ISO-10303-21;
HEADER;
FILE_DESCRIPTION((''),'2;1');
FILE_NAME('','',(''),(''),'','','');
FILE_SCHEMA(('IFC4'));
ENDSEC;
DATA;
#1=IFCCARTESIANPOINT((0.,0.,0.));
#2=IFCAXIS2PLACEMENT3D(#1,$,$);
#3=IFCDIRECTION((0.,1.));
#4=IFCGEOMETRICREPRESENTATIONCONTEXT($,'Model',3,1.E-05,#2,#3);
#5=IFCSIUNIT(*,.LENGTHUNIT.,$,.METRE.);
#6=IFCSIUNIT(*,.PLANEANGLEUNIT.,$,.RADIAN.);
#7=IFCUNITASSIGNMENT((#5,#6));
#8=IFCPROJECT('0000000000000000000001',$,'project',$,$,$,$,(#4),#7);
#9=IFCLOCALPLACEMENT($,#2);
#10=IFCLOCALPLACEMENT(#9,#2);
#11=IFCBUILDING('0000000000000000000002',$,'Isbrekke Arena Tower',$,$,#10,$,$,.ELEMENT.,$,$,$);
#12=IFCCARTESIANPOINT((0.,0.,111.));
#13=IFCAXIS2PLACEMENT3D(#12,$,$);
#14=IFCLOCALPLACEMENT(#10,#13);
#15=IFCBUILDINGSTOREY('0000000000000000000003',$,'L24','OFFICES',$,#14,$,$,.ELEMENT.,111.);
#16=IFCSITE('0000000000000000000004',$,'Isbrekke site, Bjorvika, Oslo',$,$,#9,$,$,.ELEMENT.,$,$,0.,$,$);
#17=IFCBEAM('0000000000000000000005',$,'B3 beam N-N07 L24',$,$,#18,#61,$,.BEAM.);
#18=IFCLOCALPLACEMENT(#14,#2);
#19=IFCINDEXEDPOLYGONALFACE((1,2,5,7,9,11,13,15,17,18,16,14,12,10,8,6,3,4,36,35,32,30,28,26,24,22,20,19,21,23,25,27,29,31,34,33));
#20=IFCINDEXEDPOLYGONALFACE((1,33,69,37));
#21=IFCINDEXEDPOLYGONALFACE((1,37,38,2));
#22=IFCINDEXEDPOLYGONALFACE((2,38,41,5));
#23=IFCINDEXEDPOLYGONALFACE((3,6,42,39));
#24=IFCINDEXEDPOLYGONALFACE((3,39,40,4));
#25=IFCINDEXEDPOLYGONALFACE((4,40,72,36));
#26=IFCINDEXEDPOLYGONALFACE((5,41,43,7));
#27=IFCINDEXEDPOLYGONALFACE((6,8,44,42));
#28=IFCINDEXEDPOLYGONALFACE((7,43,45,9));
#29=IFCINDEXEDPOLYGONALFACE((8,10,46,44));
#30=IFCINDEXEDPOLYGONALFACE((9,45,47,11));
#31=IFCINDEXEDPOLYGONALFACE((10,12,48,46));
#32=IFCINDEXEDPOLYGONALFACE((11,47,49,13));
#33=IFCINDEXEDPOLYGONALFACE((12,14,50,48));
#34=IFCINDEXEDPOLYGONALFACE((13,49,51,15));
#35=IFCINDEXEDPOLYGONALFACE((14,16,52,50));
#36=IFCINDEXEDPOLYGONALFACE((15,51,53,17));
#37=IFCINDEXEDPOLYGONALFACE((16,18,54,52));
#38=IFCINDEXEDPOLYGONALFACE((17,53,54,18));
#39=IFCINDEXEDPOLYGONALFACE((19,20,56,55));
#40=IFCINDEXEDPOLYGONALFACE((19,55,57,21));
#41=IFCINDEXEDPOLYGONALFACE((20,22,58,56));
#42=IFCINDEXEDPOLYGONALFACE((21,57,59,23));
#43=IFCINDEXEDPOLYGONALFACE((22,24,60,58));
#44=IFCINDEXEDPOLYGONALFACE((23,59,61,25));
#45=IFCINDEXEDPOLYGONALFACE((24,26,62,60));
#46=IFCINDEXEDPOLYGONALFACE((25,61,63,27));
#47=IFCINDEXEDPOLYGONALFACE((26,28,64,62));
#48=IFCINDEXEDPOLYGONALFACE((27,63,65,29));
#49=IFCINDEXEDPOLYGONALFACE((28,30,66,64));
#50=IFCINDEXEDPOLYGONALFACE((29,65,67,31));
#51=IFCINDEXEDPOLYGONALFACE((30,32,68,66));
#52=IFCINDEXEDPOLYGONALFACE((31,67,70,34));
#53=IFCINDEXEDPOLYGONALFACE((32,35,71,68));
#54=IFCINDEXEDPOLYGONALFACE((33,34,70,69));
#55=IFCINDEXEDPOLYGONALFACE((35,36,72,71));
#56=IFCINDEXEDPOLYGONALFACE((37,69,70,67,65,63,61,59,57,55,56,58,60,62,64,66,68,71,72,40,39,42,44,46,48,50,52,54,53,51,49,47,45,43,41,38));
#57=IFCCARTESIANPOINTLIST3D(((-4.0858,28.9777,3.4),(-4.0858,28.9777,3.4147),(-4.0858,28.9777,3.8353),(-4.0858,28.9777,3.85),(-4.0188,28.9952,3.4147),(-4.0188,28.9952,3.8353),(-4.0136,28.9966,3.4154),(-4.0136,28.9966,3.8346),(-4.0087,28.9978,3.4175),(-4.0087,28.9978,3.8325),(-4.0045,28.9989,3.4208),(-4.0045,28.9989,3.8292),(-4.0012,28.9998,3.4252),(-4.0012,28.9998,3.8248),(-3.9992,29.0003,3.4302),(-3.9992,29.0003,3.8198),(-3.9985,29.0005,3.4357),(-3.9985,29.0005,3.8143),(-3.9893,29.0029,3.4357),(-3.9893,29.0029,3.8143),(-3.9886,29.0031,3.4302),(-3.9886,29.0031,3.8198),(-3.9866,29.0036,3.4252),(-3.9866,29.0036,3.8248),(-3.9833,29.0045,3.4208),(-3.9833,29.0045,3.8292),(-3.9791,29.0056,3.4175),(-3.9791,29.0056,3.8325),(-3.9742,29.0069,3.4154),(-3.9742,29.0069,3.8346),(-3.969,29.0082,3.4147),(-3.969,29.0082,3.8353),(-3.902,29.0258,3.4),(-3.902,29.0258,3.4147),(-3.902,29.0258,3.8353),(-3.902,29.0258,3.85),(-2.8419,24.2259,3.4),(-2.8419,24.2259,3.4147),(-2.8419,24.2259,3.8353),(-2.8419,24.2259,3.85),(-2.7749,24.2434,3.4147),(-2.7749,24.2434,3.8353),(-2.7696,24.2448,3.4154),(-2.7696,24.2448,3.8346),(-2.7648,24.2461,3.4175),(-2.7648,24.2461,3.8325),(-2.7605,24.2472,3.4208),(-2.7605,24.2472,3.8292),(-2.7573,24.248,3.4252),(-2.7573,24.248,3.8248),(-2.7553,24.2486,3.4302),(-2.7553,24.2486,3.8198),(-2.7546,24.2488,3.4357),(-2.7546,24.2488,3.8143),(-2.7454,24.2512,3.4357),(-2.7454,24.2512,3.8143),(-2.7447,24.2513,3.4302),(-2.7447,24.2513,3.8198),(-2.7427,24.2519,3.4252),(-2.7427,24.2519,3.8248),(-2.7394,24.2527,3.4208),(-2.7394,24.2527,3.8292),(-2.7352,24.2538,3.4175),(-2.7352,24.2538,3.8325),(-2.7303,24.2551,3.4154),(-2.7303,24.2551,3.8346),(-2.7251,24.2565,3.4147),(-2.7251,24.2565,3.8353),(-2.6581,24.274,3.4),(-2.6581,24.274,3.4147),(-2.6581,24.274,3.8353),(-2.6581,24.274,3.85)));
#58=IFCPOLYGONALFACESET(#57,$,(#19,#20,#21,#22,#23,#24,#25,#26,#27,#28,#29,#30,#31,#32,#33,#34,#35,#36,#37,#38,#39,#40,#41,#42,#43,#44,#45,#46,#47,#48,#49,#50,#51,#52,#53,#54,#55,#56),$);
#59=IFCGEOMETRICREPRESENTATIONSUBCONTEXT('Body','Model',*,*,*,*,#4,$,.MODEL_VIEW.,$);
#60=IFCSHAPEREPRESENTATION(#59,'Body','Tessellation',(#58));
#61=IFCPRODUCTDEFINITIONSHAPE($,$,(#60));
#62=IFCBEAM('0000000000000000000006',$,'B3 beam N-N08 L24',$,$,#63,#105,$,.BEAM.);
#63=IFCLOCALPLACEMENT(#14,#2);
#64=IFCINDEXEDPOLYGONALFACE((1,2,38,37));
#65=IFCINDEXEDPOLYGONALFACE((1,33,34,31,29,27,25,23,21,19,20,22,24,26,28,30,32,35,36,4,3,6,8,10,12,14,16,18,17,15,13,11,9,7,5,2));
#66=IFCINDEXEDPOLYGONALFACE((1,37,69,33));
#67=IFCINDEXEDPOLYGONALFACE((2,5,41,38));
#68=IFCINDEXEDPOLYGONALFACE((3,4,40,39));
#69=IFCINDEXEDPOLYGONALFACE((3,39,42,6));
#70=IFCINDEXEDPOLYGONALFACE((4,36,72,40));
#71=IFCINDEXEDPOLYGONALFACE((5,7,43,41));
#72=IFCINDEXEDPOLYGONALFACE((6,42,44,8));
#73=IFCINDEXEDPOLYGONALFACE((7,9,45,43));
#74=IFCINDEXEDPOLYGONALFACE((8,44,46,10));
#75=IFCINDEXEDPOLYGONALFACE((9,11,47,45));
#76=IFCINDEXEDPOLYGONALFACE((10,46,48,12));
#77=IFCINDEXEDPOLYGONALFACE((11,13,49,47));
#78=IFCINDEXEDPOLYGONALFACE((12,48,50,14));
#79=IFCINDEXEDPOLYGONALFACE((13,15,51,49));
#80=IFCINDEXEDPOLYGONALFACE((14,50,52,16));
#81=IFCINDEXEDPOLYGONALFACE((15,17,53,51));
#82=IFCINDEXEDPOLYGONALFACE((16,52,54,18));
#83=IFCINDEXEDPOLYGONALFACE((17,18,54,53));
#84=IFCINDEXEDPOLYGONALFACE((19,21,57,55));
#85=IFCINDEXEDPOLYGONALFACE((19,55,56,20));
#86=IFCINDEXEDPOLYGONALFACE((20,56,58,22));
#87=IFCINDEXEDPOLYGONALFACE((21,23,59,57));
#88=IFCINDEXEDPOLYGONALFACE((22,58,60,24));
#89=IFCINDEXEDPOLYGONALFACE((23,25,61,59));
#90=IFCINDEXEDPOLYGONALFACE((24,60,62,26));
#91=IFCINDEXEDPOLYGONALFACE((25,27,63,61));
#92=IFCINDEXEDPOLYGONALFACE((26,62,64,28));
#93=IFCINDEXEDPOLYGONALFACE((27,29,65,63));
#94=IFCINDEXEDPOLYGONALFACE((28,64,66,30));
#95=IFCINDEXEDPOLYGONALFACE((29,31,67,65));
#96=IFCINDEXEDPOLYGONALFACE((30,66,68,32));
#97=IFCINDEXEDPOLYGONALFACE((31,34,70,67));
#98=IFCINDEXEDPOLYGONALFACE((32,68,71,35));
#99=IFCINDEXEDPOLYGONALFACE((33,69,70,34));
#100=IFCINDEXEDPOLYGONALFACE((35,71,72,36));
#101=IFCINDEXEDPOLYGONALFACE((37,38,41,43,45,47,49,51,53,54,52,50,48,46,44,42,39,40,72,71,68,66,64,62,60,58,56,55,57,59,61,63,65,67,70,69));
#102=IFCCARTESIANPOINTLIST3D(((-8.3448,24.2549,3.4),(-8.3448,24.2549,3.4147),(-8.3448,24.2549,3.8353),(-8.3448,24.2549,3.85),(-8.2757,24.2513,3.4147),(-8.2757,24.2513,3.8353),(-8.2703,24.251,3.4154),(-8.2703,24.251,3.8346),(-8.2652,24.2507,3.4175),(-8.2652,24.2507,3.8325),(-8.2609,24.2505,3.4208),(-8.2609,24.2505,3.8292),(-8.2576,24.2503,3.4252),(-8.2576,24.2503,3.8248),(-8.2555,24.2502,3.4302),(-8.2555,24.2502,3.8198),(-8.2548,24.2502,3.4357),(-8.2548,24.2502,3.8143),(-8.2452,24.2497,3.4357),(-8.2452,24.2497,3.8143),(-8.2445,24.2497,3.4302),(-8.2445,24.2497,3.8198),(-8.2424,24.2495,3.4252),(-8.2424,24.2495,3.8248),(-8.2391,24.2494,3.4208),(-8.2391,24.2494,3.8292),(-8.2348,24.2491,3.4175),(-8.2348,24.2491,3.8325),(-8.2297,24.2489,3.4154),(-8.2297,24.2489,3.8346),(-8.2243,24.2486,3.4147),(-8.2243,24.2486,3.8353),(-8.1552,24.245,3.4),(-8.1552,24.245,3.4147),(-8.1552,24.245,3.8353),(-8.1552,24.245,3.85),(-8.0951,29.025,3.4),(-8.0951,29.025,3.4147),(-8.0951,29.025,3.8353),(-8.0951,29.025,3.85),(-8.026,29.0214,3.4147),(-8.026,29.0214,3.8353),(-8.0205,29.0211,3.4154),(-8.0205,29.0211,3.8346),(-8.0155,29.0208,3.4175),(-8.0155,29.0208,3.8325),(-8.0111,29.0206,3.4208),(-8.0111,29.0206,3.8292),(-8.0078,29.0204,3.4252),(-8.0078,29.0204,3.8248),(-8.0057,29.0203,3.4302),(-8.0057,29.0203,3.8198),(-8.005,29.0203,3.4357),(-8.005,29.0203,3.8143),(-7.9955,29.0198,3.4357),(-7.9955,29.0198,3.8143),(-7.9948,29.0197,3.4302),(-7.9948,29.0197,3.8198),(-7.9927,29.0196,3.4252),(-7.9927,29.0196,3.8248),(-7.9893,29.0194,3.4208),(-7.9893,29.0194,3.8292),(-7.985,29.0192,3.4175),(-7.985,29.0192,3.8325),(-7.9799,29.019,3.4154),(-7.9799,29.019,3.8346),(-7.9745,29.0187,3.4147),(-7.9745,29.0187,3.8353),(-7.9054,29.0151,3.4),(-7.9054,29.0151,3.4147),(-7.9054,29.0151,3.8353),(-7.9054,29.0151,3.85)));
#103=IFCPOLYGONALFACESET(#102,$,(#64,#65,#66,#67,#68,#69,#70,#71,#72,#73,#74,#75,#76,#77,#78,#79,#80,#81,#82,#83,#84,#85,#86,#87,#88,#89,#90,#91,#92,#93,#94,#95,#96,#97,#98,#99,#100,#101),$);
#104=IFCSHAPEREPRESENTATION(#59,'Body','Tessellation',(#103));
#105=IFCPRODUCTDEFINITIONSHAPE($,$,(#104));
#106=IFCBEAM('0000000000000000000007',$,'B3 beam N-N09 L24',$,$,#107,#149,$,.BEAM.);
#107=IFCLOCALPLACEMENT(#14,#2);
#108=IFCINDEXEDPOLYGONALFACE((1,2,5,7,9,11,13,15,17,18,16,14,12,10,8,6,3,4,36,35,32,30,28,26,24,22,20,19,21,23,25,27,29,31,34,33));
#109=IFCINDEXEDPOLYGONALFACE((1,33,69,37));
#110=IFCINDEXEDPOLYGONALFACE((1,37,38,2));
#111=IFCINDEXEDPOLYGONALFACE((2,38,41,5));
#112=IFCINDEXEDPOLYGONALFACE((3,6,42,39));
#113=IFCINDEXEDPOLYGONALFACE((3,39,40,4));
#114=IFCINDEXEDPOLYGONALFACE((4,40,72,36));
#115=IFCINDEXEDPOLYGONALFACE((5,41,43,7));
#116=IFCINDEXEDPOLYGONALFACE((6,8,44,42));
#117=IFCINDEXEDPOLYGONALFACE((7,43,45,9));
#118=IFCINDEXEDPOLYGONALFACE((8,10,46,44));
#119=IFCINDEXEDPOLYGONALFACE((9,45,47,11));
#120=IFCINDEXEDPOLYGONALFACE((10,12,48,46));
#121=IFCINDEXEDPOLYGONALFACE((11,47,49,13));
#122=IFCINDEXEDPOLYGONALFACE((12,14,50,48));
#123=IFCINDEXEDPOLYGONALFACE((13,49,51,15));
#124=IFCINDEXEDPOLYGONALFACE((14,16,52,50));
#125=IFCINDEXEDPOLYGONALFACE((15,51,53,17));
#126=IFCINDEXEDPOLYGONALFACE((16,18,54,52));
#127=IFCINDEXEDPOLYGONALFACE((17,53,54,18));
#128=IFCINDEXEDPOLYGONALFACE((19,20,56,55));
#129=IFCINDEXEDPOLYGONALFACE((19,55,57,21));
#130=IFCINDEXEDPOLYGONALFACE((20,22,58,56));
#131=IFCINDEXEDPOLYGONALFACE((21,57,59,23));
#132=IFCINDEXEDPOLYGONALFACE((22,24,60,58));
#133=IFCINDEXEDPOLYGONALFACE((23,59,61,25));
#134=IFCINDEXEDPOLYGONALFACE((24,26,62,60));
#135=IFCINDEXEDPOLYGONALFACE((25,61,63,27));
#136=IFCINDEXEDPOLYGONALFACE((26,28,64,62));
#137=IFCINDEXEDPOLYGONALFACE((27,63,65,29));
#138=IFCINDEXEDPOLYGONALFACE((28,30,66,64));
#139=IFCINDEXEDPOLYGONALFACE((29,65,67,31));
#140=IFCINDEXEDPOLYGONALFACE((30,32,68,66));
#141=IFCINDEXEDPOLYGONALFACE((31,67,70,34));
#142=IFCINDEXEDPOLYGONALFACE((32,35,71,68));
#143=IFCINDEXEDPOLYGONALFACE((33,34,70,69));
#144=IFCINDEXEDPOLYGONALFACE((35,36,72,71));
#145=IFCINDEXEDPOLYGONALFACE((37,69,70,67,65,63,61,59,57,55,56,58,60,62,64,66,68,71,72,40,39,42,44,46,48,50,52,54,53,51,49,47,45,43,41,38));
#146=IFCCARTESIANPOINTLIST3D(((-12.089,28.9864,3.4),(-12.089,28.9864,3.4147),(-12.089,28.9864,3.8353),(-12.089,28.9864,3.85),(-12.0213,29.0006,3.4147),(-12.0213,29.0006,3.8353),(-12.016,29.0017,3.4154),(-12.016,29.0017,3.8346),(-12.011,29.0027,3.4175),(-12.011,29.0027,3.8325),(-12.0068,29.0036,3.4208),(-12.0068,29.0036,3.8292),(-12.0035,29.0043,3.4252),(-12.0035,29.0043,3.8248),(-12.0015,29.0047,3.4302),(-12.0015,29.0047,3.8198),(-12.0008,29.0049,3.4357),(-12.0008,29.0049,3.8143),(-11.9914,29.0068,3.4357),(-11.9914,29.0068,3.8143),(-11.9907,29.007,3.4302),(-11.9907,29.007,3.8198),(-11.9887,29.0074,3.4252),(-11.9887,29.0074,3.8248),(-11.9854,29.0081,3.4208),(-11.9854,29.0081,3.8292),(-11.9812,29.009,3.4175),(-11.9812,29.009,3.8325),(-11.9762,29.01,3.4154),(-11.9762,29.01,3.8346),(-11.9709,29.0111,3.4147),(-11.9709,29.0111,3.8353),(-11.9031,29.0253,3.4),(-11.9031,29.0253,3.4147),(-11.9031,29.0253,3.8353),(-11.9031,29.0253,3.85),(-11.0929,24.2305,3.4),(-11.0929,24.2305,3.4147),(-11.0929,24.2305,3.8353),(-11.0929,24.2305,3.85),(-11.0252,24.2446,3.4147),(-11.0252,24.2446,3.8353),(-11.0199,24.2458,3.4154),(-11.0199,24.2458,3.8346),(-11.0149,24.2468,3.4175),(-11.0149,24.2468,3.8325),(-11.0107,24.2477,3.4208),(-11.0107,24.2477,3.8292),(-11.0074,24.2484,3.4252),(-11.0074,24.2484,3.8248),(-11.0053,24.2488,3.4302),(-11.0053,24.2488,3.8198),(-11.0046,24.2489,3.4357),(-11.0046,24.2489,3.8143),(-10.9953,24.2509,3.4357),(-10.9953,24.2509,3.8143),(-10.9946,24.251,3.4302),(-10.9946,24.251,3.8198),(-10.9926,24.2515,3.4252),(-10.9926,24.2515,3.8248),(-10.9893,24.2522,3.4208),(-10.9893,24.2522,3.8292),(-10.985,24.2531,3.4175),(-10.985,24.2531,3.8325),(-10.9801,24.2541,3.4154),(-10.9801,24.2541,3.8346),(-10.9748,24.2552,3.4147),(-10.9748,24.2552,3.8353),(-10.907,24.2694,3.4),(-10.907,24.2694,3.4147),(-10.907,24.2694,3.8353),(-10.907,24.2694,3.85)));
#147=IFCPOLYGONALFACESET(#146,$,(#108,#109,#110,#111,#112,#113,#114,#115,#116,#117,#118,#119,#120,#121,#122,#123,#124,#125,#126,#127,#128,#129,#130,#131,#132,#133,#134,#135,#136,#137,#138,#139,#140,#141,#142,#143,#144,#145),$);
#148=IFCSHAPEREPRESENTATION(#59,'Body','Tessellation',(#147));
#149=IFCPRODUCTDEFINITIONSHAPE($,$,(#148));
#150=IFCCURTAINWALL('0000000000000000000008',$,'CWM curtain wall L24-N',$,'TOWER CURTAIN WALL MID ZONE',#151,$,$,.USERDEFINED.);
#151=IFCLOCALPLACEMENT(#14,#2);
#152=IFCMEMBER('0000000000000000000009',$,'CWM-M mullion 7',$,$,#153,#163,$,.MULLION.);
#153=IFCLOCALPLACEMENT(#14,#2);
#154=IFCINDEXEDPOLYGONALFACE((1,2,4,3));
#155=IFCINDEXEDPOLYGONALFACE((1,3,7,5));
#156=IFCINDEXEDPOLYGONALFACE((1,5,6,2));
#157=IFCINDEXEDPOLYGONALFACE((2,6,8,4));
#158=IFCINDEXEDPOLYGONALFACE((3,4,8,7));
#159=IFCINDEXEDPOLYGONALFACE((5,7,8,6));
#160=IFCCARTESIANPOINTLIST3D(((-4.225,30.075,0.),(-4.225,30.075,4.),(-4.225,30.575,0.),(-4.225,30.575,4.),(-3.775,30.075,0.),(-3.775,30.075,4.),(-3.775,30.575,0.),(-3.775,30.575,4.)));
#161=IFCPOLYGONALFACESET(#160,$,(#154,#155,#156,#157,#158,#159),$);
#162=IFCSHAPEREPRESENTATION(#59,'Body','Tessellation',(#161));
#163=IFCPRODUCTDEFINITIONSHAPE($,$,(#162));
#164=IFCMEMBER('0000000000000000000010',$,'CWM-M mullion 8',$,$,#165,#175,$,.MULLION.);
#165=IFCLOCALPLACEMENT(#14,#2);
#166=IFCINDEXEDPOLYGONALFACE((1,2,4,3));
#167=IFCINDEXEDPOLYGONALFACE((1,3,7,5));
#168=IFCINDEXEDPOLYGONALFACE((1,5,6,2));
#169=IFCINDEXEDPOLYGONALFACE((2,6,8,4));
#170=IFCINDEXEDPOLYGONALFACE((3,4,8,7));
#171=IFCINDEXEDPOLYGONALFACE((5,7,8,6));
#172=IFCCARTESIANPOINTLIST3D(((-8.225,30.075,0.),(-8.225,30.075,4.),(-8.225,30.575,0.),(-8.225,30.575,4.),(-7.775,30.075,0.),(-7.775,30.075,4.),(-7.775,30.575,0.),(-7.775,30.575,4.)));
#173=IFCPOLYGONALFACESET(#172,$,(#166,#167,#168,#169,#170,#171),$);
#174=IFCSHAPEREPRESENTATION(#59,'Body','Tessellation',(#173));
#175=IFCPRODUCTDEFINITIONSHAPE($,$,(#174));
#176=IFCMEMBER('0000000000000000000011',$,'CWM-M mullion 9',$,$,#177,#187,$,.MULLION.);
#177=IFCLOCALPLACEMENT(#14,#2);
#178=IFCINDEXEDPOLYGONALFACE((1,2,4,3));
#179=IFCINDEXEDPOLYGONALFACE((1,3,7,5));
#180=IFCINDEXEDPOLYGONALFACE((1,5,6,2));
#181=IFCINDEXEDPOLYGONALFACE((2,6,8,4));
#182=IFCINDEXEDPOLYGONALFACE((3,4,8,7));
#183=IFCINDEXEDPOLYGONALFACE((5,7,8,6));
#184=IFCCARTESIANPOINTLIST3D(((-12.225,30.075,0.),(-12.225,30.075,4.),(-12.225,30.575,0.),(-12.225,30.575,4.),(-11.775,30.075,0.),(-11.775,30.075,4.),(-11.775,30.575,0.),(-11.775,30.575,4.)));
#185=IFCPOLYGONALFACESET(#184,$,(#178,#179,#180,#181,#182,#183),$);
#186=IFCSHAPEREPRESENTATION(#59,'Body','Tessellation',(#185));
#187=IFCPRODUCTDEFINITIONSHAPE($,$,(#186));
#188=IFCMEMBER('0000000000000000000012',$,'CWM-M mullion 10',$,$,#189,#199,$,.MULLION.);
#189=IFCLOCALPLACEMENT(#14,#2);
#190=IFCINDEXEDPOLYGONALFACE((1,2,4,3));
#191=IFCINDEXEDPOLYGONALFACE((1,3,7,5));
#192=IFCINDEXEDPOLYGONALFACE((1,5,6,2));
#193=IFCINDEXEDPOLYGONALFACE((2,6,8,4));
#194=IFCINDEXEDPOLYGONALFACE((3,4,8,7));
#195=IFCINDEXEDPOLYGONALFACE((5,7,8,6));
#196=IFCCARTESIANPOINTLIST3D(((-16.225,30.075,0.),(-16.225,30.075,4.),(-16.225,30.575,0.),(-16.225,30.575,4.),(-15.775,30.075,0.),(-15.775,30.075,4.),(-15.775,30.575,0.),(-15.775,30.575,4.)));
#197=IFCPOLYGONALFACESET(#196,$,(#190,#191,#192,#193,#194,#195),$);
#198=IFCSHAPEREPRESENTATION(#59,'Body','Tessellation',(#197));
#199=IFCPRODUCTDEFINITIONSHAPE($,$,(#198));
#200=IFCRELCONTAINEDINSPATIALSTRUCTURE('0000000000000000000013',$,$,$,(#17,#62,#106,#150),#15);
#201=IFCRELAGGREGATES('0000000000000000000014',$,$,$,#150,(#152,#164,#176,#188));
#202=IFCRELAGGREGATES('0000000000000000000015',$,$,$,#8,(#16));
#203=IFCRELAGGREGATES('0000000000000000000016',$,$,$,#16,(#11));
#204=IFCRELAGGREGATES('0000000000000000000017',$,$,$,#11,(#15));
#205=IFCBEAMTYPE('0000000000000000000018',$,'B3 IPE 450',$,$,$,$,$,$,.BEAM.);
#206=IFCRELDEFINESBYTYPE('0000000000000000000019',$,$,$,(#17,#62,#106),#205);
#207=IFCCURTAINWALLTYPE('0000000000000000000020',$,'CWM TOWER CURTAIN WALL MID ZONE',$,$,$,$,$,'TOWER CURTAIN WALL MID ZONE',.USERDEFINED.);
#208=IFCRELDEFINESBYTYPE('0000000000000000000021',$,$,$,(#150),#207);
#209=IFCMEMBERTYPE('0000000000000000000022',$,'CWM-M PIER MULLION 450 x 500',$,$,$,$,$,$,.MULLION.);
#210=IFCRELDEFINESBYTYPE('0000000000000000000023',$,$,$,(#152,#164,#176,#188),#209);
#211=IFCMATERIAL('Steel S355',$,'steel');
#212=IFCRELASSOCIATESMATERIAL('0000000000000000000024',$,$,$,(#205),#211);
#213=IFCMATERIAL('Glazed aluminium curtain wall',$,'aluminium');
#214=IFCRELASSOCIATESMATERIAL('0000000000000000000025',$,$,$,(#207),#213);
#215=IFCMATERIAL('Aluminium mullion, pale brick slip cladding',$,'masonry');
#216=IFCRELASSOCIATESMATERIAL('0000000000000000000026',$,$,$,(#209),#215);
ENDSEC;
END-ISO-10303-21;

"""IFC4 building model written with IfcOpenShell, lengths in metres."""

from ifc_helpers import new_model, si_unit, direction, frame, origin, origin_2d, place, context, subcontext, project, spatial, rectangle, i_section, extrude, material, material_profile, profile_set, type_object, element, aggregate, save


model = new_model("IFC4")

# Units and contexts
model_context = context("Model", 3, precision=1e-05, world=origin(), true_north=direction((0.0, 1.0)))
body_context = subcontext(model_context, "Body", "Model", "MODEL_VIEW")
ifc_project = project(units=[si_unit("LENGTHUNIT", "METRE"), si_unit("PLANEANGLEUNIT", "RADIAN")], contexts=[model_context])

# Site, building, storey
site_placement = place(None, origin())
site = spatial("IfcSite", under=ifc_project, at=site_placement, Name="Isbrekke site, Bjorvika, Oslo", CompositionType="ELEMENT", RefElevation=0.0)
building_placement = place(site_placement, origin())
building = spatial("IfcBuilding", under=site, at=building_placement, Name="Isbrekke Arena Tower", CompositionType="ELEMENT")
storey_placement = place(building_placement, frame((0.0, 0.0, 111.0)))
storey = spatial("IfcBuildingStorey", under=building, at=storey_placement, Name="L24", Description="OFFICES", CompositionType="ELEMENT", Elevation=111.0)

# Beams
ifc_material_1 = material(Name="Steel S355", Category="steel")
ifc_material_profile_1 = material_profile(ifc_material_1, i_section(OverallWidth=0.1899, OverallDepth=0.45, WebThickness=0.0095, FlangeThickness=0.0146, FilletRadius=0.021, at=origin_2d()), Name="IPE 450")
ifc_profile_set_1 = profile_set([ifc_material_profile_1], Name="Steel S355")
beam_type_1 = type_object("IfcBeamType", Name="B3 IPE 450", PredefinedType="BEAM", material=ifc_profile_set_1)
beam_1_placement = place(storey_placement, frame((-3.9939, 29.0017, 3.625), z_axis=(0.253245, -0.967402, 0.0), x_axis=(0.967402, 0.253245, 0.0)))
element("IfcBeam", 1, at=beam_1_placement, inside=storey, type_object=beam_type_1, Name="B3 beam N-N07 L24", PredefinedType="BEAM", context=body_context, shape_type="SweptSolid", body=[
    extrude(i_section(OverallWidth=0.1899, OverallDepth=0.45, WebThickness=0.0095, FlangeThickness=0.0146, FilletRadius=0.021, at=origin_2d()), origin(), (0.0, 0.0, 1.0), 4.9119),
])
beam_2_placement = place(storey_placement, frame((-8.0002, 29.02, 3.625), z_axis=(-0.052288, -0.998632, 0.0), x_axis=(0.998632, -0.052288, 0.0)))
element("IfcBeam", 2, at=beam_2_placement, inside=storey, type_object=beam_type_1, Name="B3 beam N-N08 L24", PredefinedType="BEAM", context=body_context, shape_type="SweptSolid", body=[
    extrude(i_section(OverallWidth=0.1899, OverallDepth=0.45, WebThickness=0.0095, FlangeThickness=0.0146, FilletRadius=0.021, at=origin_2d()), origin(), (0.0, 0.0, 1.0), 4.7766),
])
beam_3_placement = place(storey_placement, frame((-11.9961, 29.0059, 3.625), z_axis=(0.204997, -0.978762, 0.0), x_axis=(0.978762, 0.204997, 0.0)))
element("IfcBeam", 3, at=beam_3_placement, inside=storey, type_object=beam_type_1, Name="B3 beam N-N09 L24", PredefinedType="BEAM", context=body_context, shape_type="SweptSolid", body=[
    extrude(i_section(OverallWidth=0.1899, OverallDepth=0.45, WebThickness=0.0095, FlangeThickness=0.0146, FilletRadius=0.021, at=origin_2d()), origin(), (0.0, 0.0, 1.0), 4.8591),
])

# Curtain wall, members
ifc_material_2 = material(Name="Glazed aluminium curtain wall", Category="aluminium")
curtain_wall_type = type_object("IfcCurtainWallType", Name="CWM TOWER CURTAIN WALL MID ZONE", ElementType="TOWER CURTAIN WALL MID ZONE", PredefinedType="USERDEFINED", material=ifc_material_2)
curtain_wall_placement = place(storey_placement, origin())
curtain_wall = element("IfcCurtainWall", 4, at=curtain_wall_placement, inside=storey, type_object=curtain_wall_type, Name="CWM curtain wall L24-N", ObjectType="TOWER CURTAIN WALL MID ZONE", PredefinedType="USERDEFINED")
ifc_material_3 = material(Name="Aluminium mullion, pale brick slip cladding", Category="masonry")
ifc_material_profile_2 = material_profile(ifc_material_3, rectangle(XDim=0.45, YDim=0.5, at=origin_2d()), Name="PIER 450X500")
ifc_profile_set_2 = profile_set([ifc_material_profile_2], Name="Aluminium mullion, pale brick slip cladding")
member_type_1 = type_object("IfcMemberType", Name="CWM-M PIER MULLION 450 x 500", PredefinedType="MULLION", material=ifc_profile_set_2)
member_1_placement = place(storey_placement, frame((-4.0, 30.325, 0.0), z_axis=(0.0, 0.0, 1.0), x_axis=(-1.0, 0.0, 0.0)))
member_1 = element("IfcMember", 5, at=member_1_placement, type_object=member_type_1, Name="CWM-M mullion 7", PredefinedType="MULLION", context=body_context, shape_type="SweptSolid", body=[
    extrude(rectangle(XDim=0.45, YDim=0.5, at=origin_2d()), origin(), (0.0, 0.0, 1.0), 4.0),
])
member_2_placement = place(storey_placement, frame((-8.0, 30.325, 0.0), z_axis=(0.0, 0.0, 1.0), x_axis=(-1.0, 0.0, 0.0)))
member_2 = element("IfcMember", 6, at=member_2_placement, type_object=member_type_1, Name="CWM-M mullion 8", PredefinedType="MULLION", context=body_context, shape_type="SweptSolid", body=[
    extrude(rectangle(XDim=0.45, YDim=0.5, at=origin_2d()), origin(), (0.0, 0.0, 1.0), 4.0),
])
member_3_placement = place(storey_placement, frame((-12.0, 30.325, 0.0), z_axis=(0.0, 0.0, 1.0), x_axis=(-1.0, 0.0, 0.0)))
member_3 = element("IfcMember", 7, at=member_3_placement, type_object=member_type_1, Name="CWM-M mullion 9", PredefinedType="MULLION", context=body_context, shape_type="SweptSolid", body=[
    extrude(rectangle(XDim=0.45, YDim=0.5, at=origin_2d()), origin(), (0.0, 0.0, 1.0), 4.0),
])
member_4_placement = place(storey_placement, frame((-16.0, 30.325, 0.0), z_axis=(0.0, 0.0, 1.0), x_axis=(-1.0, 0.0, 0.0)))
member_4 = element("IfcMember", 8, at=member_4_placement, type_object=member_type_1, Name="CWM-M mullion 10", PredefinedType="MULLION", context=body_context, shape_type="SweptSolid", body=[
    extrude(rectangle(XDim=0.45, YDim=0.5, at=origin_2d()), origin(), (0.0, 0.0, 1.0), 4.0),
])

aggregate(curtain_wall, [member_1, member_2, member_3, member_4])

save(model, "model.ifc")
